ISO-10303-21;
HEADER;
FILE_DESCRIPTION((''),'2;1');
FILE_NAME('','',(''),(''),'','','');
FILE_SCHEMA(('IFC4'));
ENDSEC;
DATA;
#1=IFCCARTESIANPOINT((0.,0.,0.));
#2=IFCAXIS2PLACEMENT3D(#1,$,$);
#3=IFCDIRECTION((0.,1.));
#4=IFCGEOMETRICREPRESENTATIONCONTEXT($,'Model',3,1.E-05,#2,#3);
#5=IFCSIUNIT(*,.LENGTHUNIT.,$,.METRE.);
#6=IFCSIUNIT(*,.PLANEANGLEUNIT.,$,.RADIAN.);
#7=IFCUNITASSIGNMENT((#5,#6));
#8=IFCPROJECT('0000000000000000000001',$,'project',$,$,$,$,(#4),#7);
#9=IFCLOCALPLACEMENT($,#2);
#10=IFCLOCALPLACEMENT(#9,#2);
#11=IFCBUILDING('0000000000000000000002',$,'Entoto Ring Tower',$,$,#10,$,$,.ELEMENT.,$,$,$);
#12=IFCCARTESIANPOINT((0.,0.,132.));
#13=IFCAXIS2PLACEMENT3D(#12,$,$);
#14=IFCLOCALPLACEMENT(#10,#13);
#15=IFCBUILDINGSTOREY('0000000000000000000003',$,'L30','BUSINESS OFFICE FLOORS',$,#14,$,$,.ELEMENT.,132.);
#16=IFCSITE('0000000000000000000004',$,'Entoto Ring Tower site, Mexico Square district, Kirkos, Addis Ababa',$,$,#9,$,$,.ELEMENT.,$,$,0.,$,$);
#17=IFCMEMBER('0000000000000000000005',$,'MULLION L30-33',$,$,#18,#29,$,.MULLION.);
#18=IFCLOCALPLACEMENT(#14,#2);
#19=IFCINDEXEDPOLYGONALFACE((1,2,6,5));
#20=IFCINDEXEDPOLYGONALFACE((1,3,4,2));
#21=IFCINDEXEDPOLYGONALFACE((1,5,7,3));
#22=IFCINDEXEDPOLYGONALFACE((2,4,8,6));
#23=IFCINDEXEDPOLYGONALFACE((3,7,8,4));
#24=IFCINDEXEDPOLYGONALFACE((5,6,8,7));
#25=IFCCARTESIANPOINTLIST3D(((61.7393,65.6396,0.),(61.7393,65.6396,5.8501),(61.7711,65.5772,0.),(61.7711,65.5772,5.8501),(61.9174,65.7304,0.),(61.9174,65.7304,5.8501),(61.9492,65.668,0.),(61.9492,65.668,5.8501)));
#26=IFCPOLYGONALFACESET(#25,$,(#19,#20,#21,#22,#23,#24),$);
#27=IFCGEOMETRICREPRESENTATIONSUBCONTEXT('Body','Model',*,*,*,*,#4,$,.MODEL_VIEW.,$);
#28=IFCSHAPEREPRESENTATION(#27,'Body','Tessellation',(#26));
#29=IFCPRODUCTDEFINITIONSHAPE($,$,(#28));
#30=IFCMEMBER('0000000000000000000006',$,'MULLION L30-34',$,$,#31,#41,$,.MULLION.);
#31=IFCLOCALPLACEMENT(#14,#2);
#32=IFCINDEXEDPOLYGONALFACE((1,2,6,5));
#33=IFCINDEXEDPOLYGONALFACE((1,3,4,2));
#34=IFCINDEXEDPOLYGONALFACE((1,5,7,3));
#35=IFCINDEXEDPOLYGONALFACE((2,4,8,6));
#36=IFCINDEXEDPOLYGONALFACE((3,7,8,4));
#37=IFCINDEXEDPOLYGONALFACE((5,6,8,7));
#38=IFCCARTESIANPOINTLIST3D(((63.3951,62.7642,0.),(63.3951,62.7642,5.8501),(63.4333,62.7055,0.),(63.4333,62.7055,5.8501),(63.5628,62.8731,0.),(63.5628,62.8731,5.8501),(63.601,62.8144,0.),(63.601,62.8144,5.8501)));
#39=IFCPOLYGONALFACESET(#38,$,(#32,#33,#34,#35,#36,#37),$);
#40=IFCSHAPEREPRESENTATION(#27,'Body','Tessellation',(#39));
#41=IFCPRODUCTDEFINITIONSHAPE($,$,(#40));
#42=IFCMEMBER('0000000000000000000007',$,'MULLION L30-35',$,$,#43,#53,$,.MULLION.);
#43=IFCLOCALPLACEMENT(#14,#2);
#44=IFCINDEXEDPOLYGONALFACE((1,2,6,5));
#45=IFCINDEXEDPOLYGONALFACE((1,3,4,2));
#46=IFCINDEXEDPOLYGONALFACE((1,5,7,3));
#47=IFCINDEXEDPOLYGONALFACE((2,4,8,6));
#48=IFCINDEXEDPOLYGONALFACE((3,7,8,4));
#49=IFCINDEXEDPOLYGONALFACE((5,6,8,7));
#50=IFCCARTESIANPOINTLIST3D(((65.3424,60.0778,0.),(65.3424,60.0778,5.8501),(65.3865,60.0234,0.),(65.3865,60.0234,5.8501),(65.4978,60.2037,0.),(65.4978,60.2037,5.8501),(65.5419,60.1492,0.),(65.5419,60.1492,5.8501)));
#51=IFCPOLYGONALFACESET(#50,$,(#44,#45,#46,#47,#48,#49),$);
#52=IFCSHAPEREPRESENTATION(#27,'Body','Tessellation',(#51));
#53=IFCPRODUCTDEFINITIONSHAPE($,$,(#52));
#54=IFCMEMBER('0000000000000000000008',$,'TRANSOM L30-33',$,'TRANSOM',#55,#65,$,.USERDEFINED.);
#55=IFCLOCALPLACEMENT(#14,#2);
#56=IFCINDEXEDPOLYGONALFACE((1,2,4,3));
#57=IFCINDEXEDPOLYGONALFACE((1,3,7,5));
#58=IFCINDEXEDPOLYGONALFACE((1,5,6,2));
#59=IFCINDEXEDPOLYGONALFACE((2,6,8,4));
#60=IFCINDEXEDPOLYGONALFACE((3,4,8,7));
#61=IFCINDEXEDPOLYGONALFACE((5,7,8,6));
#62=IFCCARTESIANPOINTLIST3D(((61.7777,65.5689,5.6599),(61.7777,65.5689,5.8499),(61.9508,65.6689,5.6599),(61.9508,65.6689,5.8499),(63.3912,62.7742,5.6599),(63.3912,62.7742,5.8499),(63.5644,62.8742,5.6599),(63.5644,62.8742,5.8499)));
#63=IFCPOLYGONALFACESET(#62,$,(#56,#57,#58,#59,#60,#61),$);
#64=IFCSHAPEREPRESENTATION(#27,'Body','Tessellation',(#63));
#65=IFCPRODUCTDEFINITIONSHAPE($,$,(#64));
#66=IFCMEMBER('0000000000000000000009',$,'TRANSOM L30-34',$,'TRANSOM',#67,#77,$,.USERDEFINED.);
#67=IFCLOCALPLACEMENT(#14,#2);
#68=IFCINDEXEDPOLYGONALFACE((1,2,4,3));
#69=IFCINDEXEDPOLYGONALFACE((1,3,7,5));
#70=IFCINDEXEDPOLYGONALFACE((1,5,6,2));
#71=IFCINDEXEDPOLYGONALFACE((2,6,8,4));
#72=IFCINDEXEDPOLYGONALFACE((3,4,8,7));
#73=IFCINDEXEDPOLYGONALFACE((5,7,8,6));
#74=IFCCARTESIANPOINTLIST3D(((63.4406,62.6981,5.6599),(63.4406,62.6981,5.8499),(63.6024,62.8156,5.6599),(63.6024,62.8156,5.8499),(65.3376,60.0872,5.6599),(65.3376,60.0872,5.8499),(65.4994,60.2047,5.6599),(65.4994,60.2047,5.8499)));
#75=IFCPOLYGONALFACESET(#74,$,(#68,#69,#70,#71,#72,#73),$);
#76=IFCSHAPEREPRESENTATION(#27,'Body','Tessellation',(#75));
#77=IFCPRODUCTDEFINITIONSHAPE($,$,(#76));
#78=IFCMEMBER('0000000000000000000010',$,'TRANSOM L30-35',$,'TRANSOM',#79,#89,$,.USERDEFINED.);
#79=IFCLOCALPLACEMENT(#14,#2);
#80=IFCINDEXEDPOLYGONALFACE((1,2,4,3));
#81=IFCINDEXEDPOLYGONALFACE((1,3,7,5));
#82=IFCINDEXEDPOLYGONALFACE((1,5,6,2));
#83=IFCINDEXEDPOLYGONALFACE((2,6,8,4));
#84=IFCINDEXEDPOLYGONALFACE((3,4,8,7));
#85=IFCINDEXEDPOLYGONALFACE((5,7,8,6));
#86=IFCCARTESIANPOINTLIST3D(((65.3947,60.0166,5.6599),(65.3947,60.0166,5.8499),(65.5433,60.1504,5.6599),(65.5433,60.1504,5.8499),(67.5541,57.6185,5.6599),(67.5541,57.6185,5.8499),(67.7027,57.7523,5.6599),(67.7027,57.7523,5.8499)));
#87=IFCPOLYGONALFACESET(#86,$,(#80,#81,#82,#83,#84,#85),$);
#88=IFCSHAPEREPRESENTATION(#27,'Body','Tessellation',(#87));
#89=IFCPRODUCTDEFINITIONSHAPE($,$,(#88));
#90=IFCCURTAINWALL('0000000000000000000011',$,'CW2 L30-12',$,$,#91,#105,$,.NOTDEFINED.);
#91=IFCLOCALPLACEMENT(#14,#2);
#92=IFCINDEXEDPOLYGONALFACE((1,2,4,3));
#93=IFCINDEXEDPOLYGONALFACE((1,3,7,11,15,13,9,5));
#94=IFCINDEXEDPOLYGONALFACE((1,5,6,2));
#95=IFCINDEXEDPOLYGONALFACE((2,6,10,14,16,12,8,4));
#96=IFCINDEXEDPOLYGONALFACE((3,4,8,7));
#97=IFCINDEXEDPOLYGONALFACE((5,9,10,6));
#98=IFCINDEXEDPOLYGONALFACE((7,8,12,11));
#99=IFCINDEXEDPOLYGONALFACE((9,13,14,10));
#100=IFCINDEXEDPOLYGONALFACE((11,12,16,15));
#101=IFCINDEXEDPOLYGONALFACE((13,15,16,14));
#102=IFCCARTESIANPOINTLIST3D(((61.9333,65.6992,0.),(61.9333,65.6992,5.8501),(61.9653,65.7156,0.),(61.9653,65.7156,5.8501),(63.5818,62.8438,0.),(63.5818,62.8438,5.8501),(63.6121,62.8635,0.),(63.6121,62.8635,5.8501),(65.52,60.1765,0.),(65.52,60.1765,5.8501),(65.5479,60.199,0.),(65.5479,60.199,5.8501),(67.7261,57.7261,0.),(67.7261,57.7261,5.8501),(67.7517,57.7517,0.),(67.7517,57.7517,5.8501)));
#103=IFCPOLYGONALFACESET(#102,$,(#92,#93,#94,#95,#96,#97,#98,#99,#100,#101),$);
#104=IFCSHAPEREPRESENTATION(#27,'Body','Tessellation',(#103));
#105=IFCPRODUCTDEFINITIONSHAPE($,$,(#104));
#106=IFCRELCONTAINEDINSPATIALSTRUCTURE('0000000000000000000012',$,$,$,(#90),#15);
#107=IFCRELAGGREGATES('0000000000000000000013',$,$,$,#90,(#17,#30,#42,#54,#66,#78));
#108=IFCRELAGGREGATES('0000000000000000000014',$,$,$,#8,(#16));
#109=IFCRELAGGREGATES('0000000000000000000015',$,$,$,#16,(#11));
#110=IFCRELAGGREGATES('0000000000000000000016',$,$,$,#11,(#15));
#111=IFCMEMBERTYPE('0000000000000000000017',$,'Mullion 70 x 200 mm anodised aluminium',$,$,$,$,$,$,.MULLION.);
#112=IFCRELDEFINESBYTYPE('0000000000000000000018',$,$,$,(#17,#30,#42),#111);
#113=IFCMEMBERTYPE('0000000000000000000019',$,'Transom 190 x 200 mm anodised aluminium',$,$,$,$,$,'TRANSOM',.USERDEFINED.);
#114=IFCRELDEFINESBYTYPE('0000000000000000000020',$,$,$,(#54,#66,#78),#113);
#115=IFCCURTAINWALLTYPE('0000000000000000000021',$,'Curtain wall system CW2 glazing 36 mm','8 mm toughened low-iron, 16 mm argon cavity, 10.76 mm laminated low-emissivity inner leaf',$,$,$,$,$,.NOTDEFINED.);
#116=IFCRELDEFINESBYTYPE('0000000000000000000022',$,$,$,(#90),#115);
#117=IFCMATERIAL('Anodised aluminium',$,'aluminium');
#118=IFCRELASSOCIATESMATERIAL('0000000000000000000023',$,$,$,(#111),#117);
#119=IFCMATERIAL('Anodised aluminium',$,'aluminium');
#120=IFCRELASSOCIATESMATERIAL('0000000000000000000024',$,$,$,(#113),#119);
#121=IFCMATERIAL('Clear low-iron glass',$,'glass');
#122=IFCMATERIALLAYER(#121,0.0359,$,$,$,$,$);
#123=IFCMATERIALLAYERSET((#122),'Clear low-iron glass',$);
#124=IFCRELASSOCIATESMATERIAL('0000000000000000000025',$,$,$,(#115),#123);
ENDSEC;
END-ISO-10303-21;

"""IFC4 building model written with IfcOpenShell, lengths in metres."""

from ifc_helpers import new_model, si_unit, direction, frame, origin, origin_2d, place, context, subcontext, project, spatial, polyline, rectangle, outline, extrude, material, layer, layer_set, material_profile, profile_set, type_object, element, aggregate, save


model = new_model("IFC4")

# Units and contexts
model_context = context("Model", 3, precision=1e-05, world=origin(), true_north=direction((0.0, 1.0)))
body_context = subcontext(model_context, "Body", "Model", "MODEL_VIEW")
ifc_project = project(units=[si_unit("LENGTHUNIT", "METRE"), si_unit("PLANEANGLEUNIT", "RADIAN")], contexts=[model_context])

# Members
ifc_material_1 = material(Name="Anodised aluminium", Category="aluminium")
ifc_material_profile_1 = material_profile(ifc_material_1, rectangle(XDim=0.0701, YDim=0.2, at=origin_2d()), Name="Mullion 70 x 200 mm anodised aluminium")
ifc_profile_set_1 = profile_set([ifc_material_profile_1], Name="Anodised aluminium")
member_type_1 = type_object("IfcMemberType", Name="Mullion 70 x 200 mm anodised aluminium", PredefinedType="MULLION", material=ifc_profile_set_1)
site_placement = place(None, origin())
building_placement = place(site_placement, origin())
storey_placement = place(building_placement, frame((0.0, 0.0, 132.0)))
member_1_placement = place(storey_placement, frame((61.8442, 65.6538, 0.0), z_axis=(0.0, 0.0, 1.0), x_axis=(0.45399, -0.891007, 0.0)))
member_1 = element("IfcMember", 1, at=member_1_placement, type_object=member_type_1, Name="MULLION L30-33", PredefinedType="MULLION", context=body_context, shape_type="SweptSolid", body=[
    extrude(rectangle(XDim=0.0701, YDim=0.2, at=origin_2d()), origin(), (0.0, 0.0, 1.0), 5.8501),
])
member_2_placement = place(storey_placement, frame((63.498, 62.7893, 0.0), z_axis=(0.0, 0.0, 1.0), x_axis=(0.544639, -0.838671, 0.0)))
member_2 = element("IfcMember", 2, at=member_2_placement, type_object=member_type_1, Name="MULLION L30-34", PredefinedType="MULLION", context=body_context, shape_type="SweptSolid", body=[
    extrude(rectangle(XDim=0.0701, YDim=0.2, at=origin_2d()), origin(), (0.0, 0.0, 1.0), 5.8501),
])
member_3_placement = place(storey_placement, frame((65.4421, 60.1135, 0.0), z_axis=(0.0, 0.0, 1.0), x_axis=(0.62932, -0.777146, 0.0)))
member_3 = element("IfcMember", 3, at=member_3_placement, type_object=member_type_1, Name="MULLION L30-35", PredefinedType="MULLION", context=body_context, shape_type="SweptSolid", body=[
    extrude(rectangle(XDim=0.0701, YDim=0.2, at=origin_2d()), origin(), (0.0, 0.0, 1.0), 5.8501),
])
ifc_material_2 = material(Name="Anodised aluminium", Category="aluminium")
ifc_material_profile_2 = material_profile(ifc_material_2, rectangle(XDim=0.2, YDim=0.1899, at=origin_2d()), Name="Transom 190 x 200 mm anodised aluminium")
ifc_profile_set_2 = profile_set([ifc_material_profile_2], Name="Anodised aluminium")
member_type_2 = type_object("IfcMemberType", Name="Transom 190 x 200 mm anodised aluminium", ElementType="TRANSOM", PredefinedType="USERDEFINED", material=ifc_profile_set_2)
member_4_placement = place(storey_placement, frame((61.8643, 65.6189, 5.7549), z_axis=(0.500004, -0.866023, 0.0), x_axis=(0.866023, 0.500004, 0.0)))
member_4 = element("IfcMember", 4, at=member_4_placement, type_object=member_type_2, Name="TRANSOM L30-33", ObjectType="TRANSOM", PredefinedType="USERDEFINED", context=body_context, shape_type="SweptSolid", body=[
    extrude(rectangle(XDim=0.2, YDim=0.1899, at=origin_2d()), origin(), (0.0, 0.0, 1.0), 3.2271),
])
member_5_placement = place(storey_placement, frame((63.5215, 62.7568, 5.7549), z_axis=(0.587803, -0.809004, 0.0), x_axis=(0.809004, 0.587803, 0.0)))
member_5 = element("IfcMember", 5, at=member_5_placement, type_object=member_type_2, Name="TRANSOM L30-34", ObjectType="TRANSOM", PredefinedType="USERDEFINED", context=body_context, shape_type="SweptSolid", body=[
    extrude(rectangle(XDim=0.2, YDim=0.1899, at=origin_2d()), origin(), (0.0, 0.0, 1.0), 3.2273),
])
member_6_placement = place(storey_placement, frame((65.469, 60.0835, 5.7549), z_axis=(0.669144, -0.743132, 0.0), x_axis=(0.743132, 0.669144, 0.0)))
member_6 = element("IfcMember", 6, at=member_6_placement, type_object=member_type_2, Name="TRANSOM L30-35", ObjectType="TRANSOM", PredefinedType="USERDEFINED", context=body_context, shape_type="SweptSolid", body=[
    extrude(rectangle(XDim=0.2, YDim=0.1899, at=origin_2d()), origin(), (0.0, 0.0, 1.0), 3.2271),
])

# Site, building, storey
site = spatial("IfcSite", under=ifc_project, at=site_placement, Name="Entoto Ring Tower site, Mexico Square district, Kirkos, Addis Ababa", CompositionType="ELEMENT", RefElevation=0.0)
building = spatial("IfcBuilding", under=site, at=building_placement, Name="Entoto Ring Tower", CompositionType="ELEMENT")
storey = spatial("IfcBuildingStorey", under=building, at=storey_placement, Name="L30", Description="BUSINESS OFFICE FLOORS", CompositionType="ELEMENT", Elevation=132.0)

# Curtain wall
ifc_material_3 = material(Name="Clear low-iron glass", Category="glass")
ifc_layer = layer(ifc_material_3, 0.0359)
ifc_layer_set = layer_set([ifc_layer], Name="Clear low-iron glass")
curtain_wall_type = type_object("IfcCurtainWallType", Name="Curtain wall system CW2 glazing 36 mm", Description="8 mm toughened low-iron, 16 mm argon cavity, 10.76 mm laminated low-emissivity inner leaf", PredefinedType="NOTDEFINED", material=ifc_layer_set)
curtain_wall_1_placement = place(storey_placement, origin())
curtain_wall_1 = element("IfcCurtainWall", 7, at=curtain_wall_1_placement, inside=storey, type_object=curtain_wall_type, Name="CW2 L30-12", PredefinedType="NOTDEFINED", context=body_context, shape_type="SweptSolid", body=[
    extrude(outline(polyline([(61.9333, 65.6992), (63.5818, 62.8438), (65.52, 60.1765), (67.7261, 57.7261), (67.7517, 57.7517), (65.5479, 60.199), (63.6121, 62.8635), (61.9653, 65.7156), (61.9333, 65.6992)])), origin(), (0.0, 0.0, 1.0), 5.8501),
])
aggregate(curtain_wall_1, [member_1, member_2, member_3, member_4, member_5, member_6])

save(model, "model.ifc")
